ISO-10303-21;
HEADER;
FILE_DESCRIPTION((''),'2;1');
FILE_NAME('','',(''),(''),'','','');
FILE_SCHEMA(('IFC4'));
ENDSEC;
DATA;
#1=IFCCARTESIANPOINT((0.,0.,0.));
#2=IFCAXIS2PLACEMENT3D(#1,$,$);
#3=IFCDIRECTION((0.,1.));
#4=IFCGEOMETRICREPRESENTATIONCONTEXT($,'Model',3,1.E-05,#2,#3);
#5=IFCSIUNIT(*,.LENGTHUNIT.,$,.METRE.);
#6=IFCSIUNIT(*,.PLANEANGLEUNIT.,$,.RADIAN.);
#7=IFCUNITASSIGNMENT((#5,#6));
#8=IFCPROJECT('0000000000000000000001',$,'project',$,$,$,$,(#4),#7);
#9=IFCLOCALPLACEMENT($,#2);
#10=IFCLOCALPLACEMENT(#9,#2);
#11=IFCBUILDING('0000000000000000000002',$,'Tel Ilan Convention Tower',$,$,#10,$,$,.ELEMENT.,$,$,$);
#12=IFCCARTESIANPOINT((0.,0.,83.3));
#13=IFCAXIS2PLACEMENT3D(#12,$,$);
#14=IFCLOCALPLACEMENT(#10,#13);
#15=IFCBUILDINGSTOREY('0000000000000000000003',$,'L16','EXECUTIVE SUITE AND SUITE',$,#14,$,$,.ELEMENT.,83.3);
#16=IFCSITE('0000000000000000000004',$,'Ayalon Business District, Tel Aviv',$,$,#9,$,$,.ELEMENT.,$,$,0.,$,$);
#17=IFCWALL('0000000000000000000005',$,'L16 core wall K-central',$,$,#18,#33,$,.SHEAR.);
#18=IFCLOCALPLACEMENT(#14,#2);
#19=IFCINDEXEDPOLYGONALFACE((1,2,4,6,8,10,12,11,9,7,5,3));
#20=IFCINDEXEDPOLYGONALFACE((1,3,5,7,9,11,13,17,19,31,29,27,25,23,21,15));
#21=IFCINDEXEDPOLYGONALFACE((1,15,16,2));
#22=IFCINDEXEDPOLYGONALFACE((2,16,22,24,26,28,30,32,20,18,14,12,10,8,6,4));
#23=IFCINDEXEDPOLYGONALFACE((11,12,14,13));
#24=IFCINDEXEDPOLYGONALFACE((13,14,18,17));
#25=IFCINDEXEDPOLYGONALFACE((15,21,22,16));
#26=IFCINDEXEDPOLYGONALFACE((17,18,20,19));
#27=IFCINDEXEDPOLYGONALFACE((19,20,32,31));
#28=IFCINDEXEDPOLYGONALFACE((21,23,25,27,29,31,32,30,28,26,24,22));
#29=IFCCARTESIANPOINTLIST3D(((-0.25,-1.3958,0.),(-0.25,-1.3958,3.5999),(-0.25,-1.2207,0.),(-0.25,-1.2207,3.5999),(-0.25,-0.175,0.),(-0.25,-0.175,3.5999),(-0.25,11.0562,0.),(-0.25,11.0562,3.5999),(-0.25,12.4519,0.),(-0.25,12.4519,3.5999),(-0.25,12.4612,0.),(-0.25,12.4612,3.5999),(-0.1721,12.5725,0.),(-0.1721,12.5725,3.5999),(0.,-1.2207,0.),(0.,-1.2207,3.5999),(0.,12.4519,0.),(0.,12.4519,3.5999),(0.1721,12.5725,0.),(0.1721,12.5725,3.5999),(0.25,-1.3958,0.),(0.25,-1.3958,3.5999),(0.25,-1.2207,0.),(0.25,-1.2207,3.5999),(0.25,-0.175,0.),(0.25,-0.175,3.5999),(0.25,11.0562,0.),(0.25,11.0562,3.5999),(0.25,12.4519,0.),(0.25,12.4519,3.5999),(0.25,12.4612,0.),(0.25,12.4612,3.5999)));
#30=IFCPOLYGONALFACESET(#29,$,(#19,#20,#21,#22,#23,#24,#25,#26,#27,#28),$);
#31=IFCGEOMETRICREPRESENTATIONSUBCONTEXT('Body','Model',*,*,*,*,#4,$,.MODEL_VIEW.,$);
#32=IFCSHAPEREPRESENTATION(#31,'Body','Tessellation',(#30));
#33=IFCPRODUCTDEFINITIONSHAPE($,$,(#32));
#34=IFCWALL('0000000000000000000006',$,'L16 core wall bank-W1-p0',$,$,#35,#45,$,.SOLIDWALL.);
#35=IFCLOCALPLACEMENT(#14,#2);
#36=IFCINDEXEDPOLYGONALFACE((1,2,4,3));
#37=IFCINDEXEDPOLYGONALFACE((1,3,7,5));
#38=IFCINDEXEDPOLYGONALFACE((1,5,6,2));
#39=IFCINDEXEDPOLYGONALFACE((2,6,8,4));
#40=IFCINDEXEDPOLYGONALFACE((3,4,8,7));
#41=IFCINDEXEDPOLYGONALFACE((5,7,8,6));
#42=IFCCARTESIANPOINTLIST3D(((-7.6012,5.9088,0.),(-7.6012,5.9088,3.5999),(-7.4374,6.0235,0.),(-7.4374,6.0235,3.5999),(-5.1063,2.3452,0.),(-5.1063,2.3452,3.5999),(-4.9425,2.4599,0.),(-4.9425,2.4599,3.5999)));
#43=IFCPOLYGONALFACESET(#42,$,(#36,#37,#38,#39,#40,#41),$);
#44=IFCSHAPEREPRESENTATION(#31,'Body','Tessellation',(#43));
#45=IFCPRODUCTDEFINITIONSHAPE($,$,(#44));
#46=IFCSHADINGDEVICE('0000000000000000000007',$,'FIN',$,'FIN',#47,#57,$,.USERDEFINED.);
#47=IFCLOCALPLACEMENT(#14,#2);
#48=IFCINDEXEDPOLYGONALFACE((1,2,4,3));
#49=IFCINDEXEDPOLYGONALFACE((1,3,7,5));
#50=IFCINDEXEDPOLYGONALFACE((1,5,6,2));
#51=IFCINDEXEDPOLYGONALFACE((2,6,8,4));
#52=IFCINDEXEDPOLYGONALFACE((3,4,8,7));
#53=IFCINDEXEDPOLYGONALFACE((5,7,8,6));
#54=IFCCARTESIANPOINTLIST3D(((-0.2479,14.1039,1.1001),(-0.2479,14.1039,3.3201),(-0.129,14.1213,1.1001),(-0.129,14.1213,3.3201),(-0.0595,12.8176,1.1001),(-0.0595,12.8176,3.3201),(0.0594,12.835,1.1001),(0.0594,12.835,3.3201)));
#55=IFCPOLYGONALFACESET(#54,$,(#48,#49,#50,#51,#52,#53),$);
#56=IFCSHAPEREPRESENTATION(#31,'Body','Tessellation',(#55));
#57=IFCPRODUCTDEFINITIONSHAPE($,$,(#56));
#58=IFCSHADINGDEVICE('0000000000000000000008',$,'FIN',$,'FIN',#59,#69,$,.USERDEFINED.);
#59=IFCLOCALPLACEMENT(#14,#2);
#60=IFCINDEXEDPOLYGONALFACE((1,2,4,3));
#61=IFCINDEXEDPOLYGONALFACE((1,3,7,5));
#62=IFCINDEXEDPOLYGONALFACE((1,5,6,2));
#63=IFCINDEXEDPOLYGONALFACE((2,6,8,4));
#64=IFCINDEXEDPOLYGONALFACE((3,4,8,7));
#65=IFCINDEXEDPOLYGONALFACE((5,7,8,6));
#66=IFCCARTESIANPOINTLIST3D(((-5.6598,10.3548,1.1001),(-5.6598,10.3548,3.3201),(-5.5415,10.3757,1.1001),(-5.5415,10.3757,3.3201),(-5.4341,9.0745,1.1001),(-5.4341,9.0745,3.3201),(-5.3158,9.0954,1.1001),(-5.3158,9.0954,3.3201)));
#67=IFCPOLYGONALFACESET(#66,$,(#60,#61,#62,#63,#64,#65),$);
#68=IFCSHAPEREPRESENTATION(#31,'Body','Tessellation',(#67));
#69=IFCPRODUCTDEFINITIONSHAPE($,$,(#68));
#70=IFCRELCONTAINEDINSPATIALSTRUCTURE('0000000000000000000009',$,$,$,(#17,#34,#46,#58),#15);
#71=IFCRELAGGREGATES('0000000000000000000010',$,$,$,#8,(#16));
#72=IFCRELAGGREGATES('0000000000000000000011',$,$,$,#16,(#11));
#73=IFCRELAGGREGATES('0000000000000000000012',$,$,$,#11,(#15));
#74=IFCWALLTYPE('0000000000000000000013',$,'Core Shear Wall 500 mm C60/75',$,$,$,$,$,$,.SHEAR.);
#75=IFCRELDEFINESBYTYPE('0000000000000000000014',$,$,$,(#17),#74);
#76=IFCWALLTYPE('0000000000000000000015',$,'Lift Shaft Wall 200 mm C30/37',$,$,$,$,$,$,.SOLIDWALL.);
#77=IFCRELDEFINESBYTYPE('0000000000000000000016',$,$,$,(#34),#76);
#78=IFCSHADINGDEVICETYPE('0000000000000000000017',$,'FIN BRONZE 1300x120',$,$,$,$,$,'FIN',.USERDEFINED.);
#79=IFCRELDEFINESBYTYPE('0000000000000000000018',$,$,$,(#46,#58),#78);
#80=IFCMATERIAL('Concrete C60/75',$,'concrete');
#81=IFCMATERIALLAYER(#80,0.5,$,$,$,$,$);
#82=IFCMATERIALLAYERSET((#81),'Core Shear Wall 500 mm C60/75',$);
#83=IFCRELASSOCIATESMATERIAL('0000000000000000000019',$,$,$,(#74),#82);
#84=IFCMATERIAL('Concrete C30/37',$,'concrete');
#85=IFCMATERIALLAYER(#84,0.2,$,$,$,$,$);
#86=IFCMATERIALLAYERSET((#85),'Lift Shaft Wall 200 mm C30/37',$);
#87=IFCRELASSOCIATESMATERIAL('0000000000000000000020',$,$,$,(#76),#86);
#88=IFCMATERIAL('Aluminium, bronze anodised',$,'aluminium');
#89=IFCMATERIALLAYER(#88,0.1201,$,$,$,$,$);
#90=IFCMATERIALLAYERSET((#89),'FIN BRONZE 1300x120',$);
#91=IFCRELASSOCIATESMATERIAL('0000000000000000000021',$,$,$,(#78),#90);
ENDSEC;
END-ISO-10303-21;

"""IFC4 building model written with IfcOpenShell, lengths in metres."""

from ifc_helpers import new_model, si_unit, direction, frame, frame_2d, origin, origin_2d, place, context, subcontext, project, spatial, polyline, rectangle, outline, extrude, material, layer, layer_set, type_object, element, save


model = new_model("IFC4")

# Units and contexts
model_context = context("Model", 3, precision=1e-05, world=origin(), true_north=direction((0.0, 1.0)))
body_context = subcontext(model_context, "Body", "Model", "MODEL_VIEW")
ifc_project = project(units=[si_unit("LENGTHUNIT", "METRE"), si_unit("PLANEANGLEUNIT", "RADIAN")], contexts=[model_context])

# Site, building, storey
site_placement = place(None, origin())
site = spatial("IfcSite", under=ifc_project, at=site_placement, Name="Ayalon Business District, Tel Aviv", CompositionType="ELEMENT", RefElevation=0.0)
building_placement = place(site_placement, origin())
building = spatial("IfcBuilding", under=site, at=building_placement, Name="Tel Ilan Convention Tower", CompositionType="ELEMENT")
storey_placement = place(building_placement, frame((0.0, 0.0, 83.3)))
storey = spatial("IfcBuildingStorey", under=building, at=storey_placement, Name="L16", Description="EXECUTIVE SUITE AND SUITE", CompositionType="ELEMENT", Elevation=83.3)

# Shared definitions
ifc_material_1 = material(Name="Concrete C60/75", Category="concrete")
ifc_layer_1 = layer(ifc_material_1, 0.5)
ifc_layer_set_1 = layer_set([ifc_layer_1], Name="Core Shear Wall 500 mm C60/75")
wall_type_1 = type_object("IfcWallType", Name="Core Shear Wall 500 mm C60/75", PredefinedType="SHEAR", material=ifc_layer_set_1)

# Walls
wall_1_placement = place(storey_placement, frame((0.0, -1.3958, 0.0), z_axis=(0.0, 0.0, 1.0), x_axis=(0.0, 1.0, 0.0)))
element("IfcWall", 1, at=wall_1_placement, inside=storey, type_object=wall_type_1, Name="L16 core wall K-central", PredefinedType="SHEAR", context=body_context, shape_type="SweptSolid", body=[
    extrude(outline(polyline([(0.0, -0.25), (0.175, -0.25), (1.2207, -0.25), (12.4519, -0.25), (13.8477, -0.25), (13.8569, -0.25), (13.9683, -0.1721), (13.8477, 0.0), (13.9683, 0.1721), (13.8569, 0.25), (13.8477, 0.25), (12.4519, 0.25), (1.2207, 0.25), (0.175, 0.25), (0.0, 0.25), (0.175, 0.0), (0.0, -0.25)])), origin(), (0.0, 0.0, 1.0), 3.5999),
])
ifc_material_2 = material(Name="Concrete C30/37", Category="concrete")
ifc_layer_2 = layer(ifc_material_2, 0.2)
ifc_layer_set_2 = layer_set([ifc_layer_2], Name="Lift Shaft Wall 200 mm C30/37")
wall_type_2 = type_object("IfcWallType", Name="Lift Shaft Wall 200 mm C30/37", PredefinedType="SOLIDWALL", material=ifc_layer_set_2)
wall_2_placement = place(storey_placement, frame((-5.0244, 2.4026, 0.0), z_axis=(0.0, 0.0, 1.0), x_axis=(-0.57353, 0.819184, 0.0)))
element("IfcWall", 2, at=wall_2_placement, inside=storey, type_object=wall_type_2, Name="L16 core wall bank-W1-p0", PredefinedType="SOLIDWALL", context=body_context, shape_type="SweptSolid", body=[
    extrude(rectangle(XDim=4.3501, YDim=0.2, at=frame_2d((2.175, 0.0))), origin(), (0.0, 0.0, 1.0), 3.5999),
])

# Shading devices
ifc_material_3 = material(Name="Aluminium, bronze anodised", Category="aluminium")
ifc_layer_3 = layer(ifc_material_3, 0.1201)
ifc_layer_set_3 = layer_set([ifc_layer_3], Name="FIN BRONZE 1300x120")
shading_device_type = type_object("IfcShadingDeviceType", Name="FIN BRONZE 1300x120", ElementType="FIN", PredefinedType="USERDEFINED", material=ifc_layer_set_3)
for number, where, z_axis, x_axis, name in (
    (3, (-0.0942, 13.4695, 1.1001), (0.0, 0.0, 1.0), (-0.144932, 0.989442, 0.0), "FIN"),
    (4, (-5.4878, 9.7251, 1.1001), (0.0, 0.0, 1.0), (-0.173648, 0.984808, 0.0), "FIN"),
):
    element("IfcShadingDevice", number, at=place(storey_placement, frame(where, z_axis=z_axis, x_axis=x_axis)), inside=storey, type_object=shading_device_type, Name=name, ObjectType="FIN", PredefinedType="USERDEFINED", context=body_context, shape_type="SweptSolid", body=[
        extrude(rectangle(XDim=1.3, YDim=0.1201, at=origin_2d()), origin(), (0.0, 0.0, 1.0), 2.22),
    ])

save(model, "model.ifc")
